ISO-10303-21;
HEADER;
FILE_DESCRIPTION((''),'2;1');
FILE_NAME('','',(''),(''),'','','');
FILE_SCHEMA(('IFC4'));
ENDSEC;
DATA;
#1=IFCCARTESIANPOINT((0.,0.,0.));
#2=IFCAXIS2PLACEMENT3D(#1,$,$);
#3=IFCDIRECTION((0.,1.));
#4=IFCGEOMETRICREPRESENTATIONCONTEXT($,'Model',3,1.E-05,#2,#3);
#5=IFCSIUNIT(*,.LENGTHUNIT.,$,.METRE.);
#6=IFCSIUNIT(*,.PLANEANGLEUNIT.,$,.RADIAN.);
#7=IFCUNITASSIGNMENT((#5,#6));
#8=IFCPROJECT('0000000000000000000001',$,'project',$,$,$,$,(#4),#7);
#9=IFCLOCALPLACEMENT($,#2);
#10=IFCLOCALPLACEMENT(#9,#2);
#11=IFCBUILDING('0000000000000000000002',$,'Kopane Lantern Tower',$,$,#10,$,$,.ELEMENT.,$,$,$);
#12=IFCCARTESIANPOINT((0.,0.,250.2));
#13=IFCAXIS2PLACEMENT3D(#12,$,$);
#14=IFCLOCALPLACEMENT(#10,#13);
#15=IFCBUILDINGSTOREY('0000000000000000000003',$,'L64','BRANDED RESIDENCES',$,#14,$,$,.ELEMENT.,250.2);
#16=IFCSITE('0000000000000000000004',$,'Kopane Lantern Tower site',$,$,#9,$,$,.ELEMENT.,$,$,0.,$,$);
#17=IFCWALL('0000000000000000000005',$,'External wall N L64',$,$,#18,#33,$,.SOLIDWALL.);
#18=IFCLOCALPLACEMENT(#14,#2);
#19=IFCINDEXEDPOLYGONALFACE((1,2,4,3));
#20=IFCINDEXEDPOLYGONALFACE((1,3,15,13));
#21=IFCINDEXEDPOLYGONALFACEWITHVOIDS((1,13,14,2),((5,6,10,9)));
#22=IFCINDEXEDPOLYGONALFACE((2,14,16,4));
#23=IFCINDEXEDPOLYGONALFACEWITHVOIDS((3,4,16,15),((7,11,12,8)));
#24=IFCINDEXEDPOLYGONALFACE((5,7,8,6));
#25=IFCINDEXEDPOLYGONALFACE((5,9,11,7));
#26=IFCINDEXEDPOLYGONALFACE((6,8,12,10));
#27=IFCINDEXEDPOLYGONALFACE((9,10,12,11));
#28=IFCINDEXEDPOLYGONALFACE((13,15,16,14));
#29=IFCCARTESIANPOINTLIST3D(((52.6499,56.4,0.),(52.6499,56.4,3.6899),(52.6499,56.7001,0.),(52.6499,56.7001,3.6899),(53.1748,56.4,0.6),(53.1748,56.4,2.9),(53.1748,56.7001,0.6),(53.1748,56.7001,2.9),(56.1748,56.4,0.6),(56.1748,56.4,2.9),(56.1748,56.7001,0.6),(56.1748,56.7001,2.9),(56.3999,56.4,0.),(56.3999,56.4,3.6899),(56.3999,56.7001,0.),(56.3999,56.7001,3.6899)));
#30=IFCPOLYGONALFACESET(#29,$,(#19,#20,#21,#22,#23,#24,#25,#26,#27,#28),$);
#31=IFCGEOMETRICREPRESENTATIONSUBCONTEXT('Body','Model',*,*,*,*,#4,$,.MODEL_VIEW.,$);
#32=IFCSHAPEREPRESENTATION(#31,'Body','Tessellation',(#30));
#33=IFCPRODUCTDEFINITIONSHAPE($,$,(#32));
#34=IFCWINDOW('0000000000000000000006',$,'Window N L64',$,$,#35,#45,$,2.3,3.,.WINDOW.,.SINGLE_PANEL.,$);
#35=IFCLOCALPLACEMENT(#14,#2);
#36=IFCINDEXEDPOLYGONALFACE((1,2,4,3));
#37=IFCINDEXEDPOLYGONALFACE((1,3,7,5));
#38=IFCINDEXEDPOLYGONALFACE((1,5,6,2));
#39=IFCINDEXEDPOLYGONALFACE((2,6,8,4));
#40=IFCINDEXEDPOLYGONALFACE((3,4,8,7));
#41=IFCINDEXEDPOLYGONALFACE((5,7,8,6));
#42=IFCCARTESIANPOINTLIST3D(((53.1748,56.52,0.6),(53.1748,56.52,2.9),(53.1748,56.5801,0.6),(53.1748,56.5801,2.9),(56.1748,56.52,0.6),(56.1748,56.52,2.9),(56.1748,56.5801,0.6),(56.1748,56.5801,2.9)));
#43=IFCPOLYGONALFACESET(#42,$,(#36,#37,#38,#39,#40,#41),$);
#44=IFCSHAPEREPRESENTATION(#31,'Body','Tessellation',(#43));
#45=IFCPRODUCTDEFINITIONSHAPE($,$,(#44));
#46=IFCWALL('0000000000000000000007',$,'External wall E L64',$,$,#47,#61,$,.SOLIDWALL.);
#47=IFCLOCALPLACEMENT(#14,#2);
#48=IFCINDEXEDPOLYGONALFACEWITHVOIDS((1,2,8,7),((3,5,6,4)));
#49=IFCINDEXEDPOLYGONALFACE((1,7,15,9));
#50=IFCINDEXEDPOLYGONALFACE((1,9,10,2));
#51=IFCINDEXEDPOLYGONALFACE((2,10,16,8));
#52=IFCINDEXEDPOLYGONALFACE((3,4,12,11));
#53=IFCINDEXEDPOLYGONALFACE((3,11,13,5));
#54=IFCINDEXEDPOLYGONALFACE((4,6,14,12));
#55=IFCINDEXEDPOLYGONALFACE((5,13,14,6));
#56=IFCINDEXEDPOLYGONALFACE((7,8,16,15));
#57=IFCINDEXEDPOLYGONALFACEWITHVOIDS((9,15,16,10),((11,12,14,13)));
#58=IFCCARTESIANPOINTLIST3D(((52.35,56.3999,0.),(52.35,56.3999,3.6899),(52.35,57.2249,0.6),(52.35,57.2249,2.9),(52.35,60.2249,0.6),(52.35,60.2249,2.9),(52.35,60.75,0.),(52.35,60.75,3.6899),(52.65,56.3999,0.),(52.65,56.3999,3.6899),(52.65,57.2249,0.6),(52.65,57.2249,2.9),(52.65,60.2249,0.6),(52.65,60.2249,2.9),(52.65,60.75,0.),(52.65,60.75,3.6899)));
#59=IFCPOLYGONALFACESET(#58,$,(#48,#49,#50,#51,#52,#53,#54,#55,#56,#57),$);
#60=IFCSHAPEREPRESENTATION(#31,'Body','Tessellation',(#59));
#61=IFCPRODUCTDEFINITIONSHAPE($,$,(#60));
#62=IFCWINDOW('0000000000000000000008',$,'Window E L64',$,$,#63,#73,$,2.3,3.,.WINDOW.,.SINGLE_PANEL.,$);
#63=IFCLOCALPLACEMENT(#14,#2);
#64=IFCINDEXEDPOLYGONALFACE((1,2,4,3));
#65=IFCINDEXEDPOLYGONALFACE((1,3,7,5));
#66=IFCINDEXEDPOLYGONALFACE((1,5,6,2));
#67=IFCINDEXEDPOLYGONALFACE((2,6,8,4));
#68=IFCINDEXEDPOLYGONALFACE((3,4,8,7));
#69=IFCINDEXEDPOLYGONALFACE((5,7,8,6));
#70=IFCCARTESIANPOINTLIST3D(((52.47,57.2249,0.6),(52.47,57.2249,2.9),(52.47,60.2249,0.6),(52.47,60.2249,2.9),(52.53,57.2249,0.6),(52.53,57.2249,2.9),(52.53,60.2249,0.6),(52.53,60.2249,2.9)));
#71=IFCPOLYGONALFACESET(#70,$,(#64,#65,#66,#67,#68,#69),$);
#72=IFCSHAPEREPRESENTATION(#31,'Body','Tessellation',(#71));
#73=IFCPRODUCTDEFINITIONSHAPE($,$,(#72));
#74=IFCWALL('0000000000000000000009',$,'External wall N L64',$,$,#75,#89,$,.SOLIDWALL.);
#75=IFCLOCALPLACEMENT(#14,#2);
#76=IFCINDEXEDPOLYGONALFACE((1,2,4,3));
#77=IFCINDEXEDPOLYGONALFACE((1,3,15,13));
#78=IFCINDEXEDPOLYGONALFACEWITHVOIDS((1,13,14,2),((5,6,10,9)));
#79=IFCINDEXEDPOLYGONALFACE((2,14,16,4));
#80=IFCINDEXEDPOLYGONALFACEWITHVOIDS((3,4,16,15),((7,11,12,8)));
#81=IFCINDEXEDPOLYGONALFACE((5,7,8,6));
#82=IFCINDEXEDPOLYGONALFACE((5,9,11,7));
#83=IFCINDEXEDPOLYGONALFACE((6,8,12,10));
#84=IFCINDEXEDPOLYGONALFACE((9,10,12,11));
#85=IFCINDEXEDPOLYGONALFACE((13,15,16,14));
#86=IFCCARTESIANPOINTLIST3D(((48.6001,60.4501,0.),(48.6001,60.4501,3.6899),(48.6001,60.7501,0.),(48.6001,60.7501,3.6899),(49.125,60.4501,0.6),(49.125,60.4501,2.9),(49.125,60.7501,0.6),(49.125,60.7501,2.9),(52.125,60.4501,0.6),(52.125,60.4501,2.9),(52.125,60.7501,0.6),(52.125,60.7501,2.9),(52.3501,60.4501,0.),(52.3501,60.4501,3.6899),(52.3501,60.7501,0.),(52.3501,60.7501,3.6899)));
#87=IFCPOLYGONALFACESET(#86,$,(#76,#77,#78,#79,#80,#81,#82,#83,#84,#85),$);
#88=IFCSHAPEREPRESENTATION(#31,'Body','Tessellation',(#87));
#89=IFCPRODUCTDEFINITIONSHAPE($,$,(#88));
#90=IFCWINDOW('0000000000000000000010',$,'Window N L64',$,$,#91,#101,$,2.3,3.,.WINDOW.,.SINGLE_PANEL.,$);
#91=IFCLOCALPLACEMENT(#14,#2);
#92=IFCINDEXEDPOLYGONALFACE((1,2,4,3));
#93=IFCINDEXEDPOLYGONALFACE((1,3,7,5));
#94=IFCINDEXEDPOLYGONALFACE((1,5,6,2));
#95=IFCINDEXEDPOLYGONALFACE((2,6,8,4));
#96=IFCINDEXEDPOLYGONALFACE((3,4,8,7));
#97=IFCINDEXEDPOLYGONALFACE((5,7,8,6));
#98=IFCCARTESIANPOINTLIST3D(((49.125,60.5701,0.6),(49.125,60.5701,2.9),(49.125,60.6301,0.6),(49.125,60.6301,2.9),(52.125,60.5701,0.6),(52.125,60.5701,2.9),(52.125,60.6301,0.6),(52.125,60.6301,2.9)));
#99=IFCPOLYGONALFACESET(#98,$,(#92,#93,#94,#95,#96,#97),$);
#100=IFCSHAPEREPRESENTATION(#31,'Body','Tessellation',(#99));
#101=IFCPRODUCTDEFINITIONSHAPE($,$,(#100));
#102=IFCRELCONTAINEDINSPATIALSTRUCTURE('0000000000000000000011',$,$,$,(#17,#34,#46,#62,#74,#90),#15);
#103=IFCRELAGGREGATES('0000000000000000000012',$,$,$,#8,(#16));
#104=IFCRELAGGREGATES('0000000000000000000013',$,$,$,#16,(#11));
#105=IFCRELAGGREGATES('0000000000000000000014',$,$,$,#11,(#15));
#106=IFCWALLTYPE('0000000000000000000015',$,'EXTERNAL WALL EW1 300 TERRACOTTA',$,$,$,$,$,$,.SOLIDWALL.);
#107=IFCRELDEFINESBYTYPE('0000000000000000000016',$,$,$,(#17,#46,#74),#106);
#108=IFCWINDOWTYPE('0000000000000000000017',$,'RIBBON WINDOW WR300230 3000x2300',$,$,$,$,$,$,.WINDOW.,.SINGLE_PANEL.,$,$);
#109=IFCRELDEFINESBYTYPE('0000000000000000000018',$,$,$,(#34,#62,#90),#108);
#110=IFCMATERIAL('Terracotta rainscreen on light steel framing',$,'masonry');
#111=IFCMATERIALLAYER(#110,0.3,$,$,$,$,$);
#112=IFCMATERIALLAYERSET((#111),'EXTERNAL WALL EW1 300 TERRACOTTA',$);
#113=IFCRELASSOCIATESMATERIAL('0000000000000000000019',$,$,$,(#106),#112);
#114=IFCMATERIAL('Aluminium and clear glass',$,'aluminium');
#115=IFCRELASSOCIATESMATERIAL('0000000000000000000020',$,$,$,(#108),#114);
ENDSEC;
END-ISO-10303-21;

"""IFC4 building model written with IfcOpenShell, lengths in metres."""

from ifc_helpers import new_model, si_unit, direction, frame, frame_2d, origin, place, context, subcontext, project, spatial, rectangle, extrude, material, layer, layer_set, type_object, element, fill, save


model = new_model("IFC4")

# Units and contexts
model_context = context("Model", 3, precision=1e-05, world=origin(), true_north=direction((0.0, 1.0)))
body_context = subcontext(model_context, "Body", "Model", "MODEL_VIEW")
ifc_project = project(units=[si_unit("LENGTHUNIT", "METRE"), si_unit("PLANEANGLEUNIT", "RADIAN")], contexts=[model_context])

# Site, building, storey
site_placement = place(None, origin())
site = spatial("IfcSite", under=ifc_project, at=site_placement, Name="Kopane Lantern Tower site", CompositionType="ELEMENT", RefElevation=0.0)
building_placement = place(site_placement, origin())
building = spatial("IfcBuilding", under=site, at=building_placement, Name="Kopane Lantern Tower", CompositionType="ELEMENT")
storey_placement = place(building_placement, frame((0.0, 0.0, 250.2)))
storey = spatial("IfcBuildingStorey", under=building, at=storey_placement, Name="L64", Description="BRANDED RESIDENCES", CompositionType="ELEMENT", Elevation=250.2)

# Walls, openings, windows
ifc_material_1 = material(Name="Terracotta rainscreen on light steel framing", Category="masonry")
ifc_layer = layer(ifc_material_1, 0.3)
ifc_layer_set = layer_set([ifc_layer], Name="EXTERNAL WALL EW1 300 TERRACOTTA")
wall_type = type_object("IfcWallType", Name="EXTERNAL WALL EW1 300 TERRACOTTA", PredefinedType="SOLIDWALL", material=ifc_layer_set)
wall_1_placement = place(storey_placement, frame((56.3999, 56.55, 0.0), z_axis=(0.0, 0.0, 1.0), x_axis=(-1.0, 0.0, 0.0)))
wall_1 = element("IfcWall", 1, at=wall_1_placement, inside=storey, type_object=wall_type, Name="External wall N L64", PredefinedType="SOLIDWALL", context=body_context, shape_type="SweptSolid", body=[
    extrude(rectangle(XDim=3.75, YDim=0.3, at=frame_2d((1.875, 0.0))), origin(), (0.0, 0.0, 1.0), 3.6899),
])
opening_1_placement = place(wall_1_placement, frame((0.2251, 0.0, 0.6001)))
opening_1 = element("IfcOpeningElement", 2, at=opening_1_placement, cuts=wall_1, PredefinedType="OPENING", context=body_context, shape_type="SweptSolid", body=[
    extrude(rectangle(XDim=3.0, YDim=2.3, at=frame_2d((1.5, 1.1499))), frame((0.0, 0.1599, 0.0), z_axis=(0.0, -1.0, 0.0), x_axis=(1.0, 0.0, 0.0)), (0.0, 0.0, 1.0), 0.3201),
])
ifc_material_2 = material(Name="Aluminium and clear glass", Category="aluminium")
window_type = type_object("IfcWindowType", Name="RIBBON WINDOW WR300230 3000x2300", PartitioningType="SINGLE_PANEL", PredefinedType="WINDOW", material=ifc_material_2)
window_1_placement = place(opening_1_placement, origin())
window_1 = element("IfcWindow", 3, at=window_1_placement, inside=storey, type_object=window_type, Name="Window N L64", OverallHeight=2.3, OverallWidth=3.0, PartitioningType="SINGLE_PANEL", PredefinedType="WINDOW", context=body_context, shape_type="SweptSolid", body=[
    extrude(rectangle(XDim=3.0, YDim=2.3, at=frame_2d((1.5, 1.1499))), frame((0.0, 0.03, 0.0), z_axis=(0.0, -1.0, 0.0), x_axis=(1.0, 0.0, 0.0)), (0.0, 0.0, 1.0), 0.0601),
])
fill(opening_1, window_1)
wall_2_placement = place(storey_placement, frame((52.5, 56.3999, 0.0), z_axis=(0.0, 0.0, 1.0), x_axis=(0.0, 1.0, 0.0)))
wall_2 = element("IfcWall", 4, at=wall_2_placement, inside=storey, type_object=wall_type, Name="External wall E L64", PredefinedType="SOLIDWALL", context=body_context, shape_type="SweptSolid", body=[
    extrude(rectangle(XDim=4.3501, YDim=0.3, at=frame_2d((2.175, 0.0))), origin(), (0.0, 0.0, 1.0), 3.6899),
])
opening_2_placement = place(wall_2_placement, frame((0.825, 0.0, 0.6001)))
opening_2 = element("IfcOpeningElement", 5, at=opening_2_placement, cuts=wall_2, PredefinedType="OPENING", context=body_context, shape_type="SweptSolid", body=[
    extrude(rectangle(XDim=3.0, YDim=2.3, at=frame_2d((1.5, 1.1499))), frame((0.0, 0.1599, 0.0), z_axis=(0.0, -1.0, 0.0), x_axis=(1.0, 0.0, 0.0)), (0.0, 0.0, 1.0), 0.3201),
])
window_2_placement = place(opening_2_placement, origin())
window_2 = element("IfcWindow", 6, at=window_2_placement, inside=storey, type_object=window_type, Name="Window E L64", OverallHeight=2.3, OverallWidth=3.0, PartitioningType="SINGLE_PANEL", PredefinedType="WINDOW", context=body_context, shape_type="SweptSolid", body=[
    extrude(rectangle(XDim=3.0, YDim=2.3, at=frame_2d((1.5, 1.1499))), frame((0.0, 0.03, 0.0), z_axis=(0.0, -1.0, 0.0), x_axis=(1.0, 0.0, 0.0)), (0.0, 0.0, 1.0), 0.0601),
])
fill(opening_2, window_2)
wall_3_placement = place(storey_placement, frame((52.3501, 60.6001, 0.0), z_axis=(0.0, 0.0, 1.0), x_axis=(-1.0, 0.0, 0.0)))
wall_3 = element("IfcWall", 7, at=wall_3_placement, inside=storey, type_object=wall_type, Name="External wall N L64", PredefinedType="SOLIDWALL", context=body_context, shape_type="SweptSolid", body=[
    extrude(rectangle(XDim=3.75, YDim=0.3, at=frame_2d((1.875, 0.0))), origin(), (0.0, 0.0, 1.0), 3.6899),
])
opening_3_placement = place(wall_3_placement, frame((0.2251, 0.0, 0.6001)))
opening_3 = element("IfcOpeningElement", 8, at=opening_3_placement, cuts=wall_3, PredefinedType="OPENING", context=body_context, shape_type="SweptSolid", body=[
    extrude(rectangle(XDim=3.0, YDim=2.3, at=frame_2d((1.5, 1.1499))), frame((0.0, 0.1599, 0.0), z_axis=(0.0, -1.0, 0.0), x_axis=(1.0, 0.0, 0.0)), (0.0, 0.0, 1.0), 0.3201),
])
window_3_placement = place(opening_3_placement, origin())
window_3 = element("IfcWindow", 9, at=window_3_placement, inside=storey, type_object=window_type, Name="Window N L64", OverallHeight=2.3, OverallWidth=3.0, PartitioningType="SINGLE_PANEL", PredefinedType="WINDOW", context=body_context, shape_type="SweptSolid", body=[
    extrude(rectangle(XDim=3.0, YDim=2.3, at=frame_2d((1.5, 1.1499))), frame((0.0, 0.03, 0.0), z_axis=(0.0, -1.0, 0.0), x_axis=(1.0, 0.0, 0.0)), (0.0, 0.0, 1.0), 0.0601),
])
fill(opening_3, window_3)

save(model, "model.ifc")
